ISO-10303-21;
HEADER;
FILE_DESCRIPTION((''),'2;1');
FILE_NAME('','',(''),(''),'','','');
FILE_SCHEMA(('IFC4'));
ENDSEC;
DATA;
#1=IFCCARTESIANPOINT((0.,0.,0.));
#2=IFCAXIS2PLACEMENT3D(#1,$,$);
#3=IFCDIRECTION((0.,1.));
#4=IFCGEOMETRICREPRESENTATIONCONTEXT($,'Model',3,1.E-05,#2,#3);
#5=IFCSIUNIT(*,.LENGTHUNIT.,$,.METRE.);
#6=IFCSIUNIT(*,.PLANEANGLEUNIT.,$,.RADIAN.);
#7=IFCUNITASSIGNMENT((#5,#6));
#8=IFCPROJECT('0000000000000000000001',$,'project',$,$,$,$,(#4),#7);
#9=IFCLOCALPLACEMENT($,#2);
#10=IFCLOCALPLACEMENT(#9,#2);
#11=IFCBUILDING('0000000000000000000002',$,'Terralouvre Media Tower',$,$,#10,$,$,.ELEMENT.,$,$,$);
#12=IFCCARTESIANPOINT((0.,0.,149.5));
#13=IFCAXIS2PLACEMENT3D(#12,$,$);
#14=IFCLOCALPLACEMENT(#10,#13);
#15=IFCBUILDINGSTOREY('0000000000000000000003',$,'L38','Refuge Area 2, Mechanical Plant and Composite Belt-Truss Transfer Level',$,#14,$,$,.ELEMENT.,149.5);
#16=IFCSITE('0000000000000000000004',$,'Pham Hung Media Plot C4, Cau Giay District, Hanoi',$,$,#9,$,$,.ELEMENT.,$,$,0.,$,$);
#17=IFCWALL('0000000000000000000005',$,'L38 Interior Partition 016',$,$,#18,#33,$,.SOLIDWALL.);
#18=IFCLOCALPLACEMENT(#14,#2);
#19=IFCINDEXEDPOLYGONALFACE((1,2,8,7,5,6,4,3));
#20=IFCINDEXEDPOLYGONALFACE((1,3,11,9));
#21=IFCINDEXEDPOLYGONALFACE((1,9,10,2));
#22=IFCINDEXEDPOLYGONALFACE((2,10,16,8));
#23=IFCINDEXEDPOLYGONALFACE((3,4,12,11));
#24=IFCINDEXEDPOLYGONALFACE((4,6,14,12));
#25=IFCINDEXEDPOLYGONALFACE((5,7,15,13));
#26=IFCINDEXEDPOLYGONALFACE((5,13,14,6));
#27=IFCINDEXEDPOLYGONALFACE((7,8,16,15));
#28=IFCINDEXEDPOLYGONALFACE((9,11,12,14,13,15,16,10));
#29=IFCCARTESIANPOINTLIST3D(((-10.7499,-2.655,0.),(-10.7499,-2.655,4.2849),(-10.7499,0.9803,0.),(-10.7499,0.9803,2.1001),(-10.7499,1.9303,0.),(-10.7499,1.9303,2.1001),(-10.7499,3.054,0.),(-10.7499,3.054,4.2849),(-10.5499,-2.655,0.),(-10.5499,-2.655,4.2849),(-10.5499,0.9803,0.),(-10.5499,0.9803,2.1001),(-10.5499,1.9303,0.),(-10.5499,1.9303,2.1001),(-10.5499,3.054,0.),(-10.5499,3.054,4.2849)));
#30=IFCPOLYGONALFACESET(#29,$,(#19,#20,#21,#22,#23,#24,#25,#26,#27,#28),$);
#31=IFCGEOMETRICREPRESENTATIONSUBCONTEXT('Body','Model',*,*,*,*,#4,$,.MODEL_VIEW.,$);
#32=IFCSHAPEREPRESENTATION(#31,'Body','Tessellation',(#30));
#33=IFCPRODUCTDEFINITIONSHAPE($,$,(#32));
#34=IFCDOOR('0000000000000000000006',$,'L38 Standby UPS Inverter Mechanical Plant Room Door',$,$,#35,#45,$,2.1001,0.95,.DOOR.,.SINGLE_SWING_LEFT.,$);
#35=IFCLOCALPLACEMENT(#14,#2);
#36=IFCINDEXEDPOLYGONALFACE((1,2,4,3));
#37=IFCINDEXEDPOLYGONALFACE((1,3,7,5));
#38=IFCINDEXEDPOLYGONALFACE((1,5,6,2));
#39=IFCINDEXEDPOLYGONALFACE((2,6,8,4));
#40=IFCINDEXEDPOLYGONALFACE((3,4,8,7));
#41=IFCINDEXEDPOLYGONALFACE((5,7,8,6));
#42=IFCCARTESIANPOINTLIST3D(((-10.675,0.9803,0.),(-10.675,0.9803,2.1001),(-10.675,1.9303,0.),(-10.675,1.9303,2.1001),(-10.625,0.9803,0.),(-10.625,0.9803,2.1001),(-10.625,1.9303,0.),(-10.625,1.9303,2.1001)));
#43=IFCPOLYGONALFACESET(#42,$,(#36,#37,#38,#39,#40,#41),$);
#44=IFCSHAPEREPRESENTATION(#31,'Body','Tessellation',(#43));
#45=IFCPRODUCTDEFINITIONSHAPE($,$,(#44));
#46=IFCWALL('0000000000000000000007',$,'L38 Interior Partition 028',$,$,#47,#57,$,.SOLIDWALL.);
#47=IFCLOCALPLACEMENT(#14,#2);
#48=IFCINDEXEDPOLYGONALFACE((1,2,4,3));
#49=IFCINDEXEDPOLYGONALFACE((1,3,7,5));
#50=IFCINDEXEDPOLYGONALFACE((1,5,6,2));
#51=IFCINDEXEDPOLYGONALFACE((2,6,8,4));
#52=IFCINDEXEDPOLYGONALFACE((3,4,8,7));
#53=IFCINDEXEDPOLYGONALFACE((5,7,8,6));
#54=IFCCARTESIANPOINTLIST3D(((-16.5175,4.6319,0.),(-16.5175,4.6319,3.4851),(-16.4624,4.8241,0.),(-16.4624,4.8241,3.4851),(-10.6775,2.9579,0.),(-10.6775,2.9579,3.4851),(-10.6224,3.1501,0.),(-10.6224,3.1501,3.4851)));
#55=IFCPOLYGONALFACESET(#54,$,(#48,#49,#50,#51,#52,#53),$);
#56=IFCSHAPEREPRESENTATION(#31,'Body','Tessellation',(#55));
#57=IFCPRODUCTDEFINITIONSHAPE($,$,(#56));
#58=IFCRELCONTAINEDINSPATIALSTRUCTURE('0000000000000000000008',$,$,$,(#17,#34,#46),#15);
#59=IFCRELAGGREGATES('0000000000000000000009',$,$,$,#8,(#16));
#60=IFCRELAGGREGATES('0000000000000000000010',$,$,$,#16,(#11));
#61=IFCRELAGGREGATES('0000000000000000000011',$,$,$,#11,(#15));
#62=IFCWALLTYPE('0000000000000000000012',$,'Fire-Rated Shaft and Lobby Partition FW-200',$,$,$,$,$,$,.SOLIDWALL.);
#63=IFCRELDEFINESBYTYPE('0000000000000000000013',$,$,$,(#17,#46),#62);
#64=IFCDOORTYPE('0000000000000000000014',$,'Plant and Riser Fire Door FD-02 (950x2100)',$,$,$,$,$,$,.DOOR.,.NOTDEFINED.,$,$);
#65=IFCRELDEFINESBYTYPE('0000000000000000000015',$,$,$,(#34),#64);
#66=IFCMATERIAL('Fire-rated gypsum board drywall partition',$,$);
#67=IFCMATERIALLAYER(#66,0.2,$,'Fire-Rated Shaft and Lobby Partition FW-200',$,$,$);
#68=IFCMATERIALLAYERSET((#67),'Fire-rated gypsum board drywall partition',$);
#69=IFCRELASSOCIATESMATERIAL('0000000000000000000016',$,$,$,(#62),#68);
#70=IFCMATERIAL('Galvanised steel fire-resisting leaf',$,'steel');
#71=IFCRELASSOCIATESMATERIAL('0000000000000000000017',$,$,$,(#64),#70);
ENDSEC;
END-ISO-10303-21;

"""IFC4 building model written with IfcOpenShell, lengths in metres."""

from ifc_helpers import new_model, si_unit, direction, frame, frame_2d, origin, place, context, subcontext, project, spatial, rectangle, extrude, material, layer, layer_set, type_object, element, fill, save


model = new_model("IFC4")

# Units and contexts
model_context = context("Model", 3, precision=1e-05, world=origin(), true_north=direction((0.0, 1.0)))
body_context = subcontext(model_context, "Body", "Model", "MODEL_VIEW")
ifc_project = project(units=[si_unit("LENGTHUNIT", "METRE"), si_unit("PLANEANGLEUNIT", "RADIAN")], contexts=[model_context])

# Site, building, storey
site_placement = place(None, origin())
site = spatial("IfcSite", under=ifc_project, at=site_placement, Name="Pham Hung Media Plot C4, Cau Giay District, Hanoi", CompositionType="ELEMENT", RefElevation=0.0)
building_placement = place(site_placement, origin())
building = spatial("IfcBuilding", under=site, at=building_placement, Name="Terralouvre Media Tower", CompositionType="ELEMENT")
storey_placement = place(building_placement, frame((0.0, 0.0, 149.5)))
storey = spatial("IfcBuildingStorey", under=building, at=storey_placement, Name="L38", Description="Refuge Area 2, Mechanical Plant and Composite Belt-Truss Transfer Level", CompositionType="ELEMENT", Elevation=149.5)

# Wall, opening, door
ifc_material_1 = material(Name="Fire-rated gypsum board drywall partition")
ifc_layer_1 = layer(ifc_material_1, 0.2, Name="Fire-Rated Shaft and Lobby Partition FW-200")
ifc_layer_set_1 = layer_set([ifc_layer_1], Name="Fire-rated gypsum board drywall partition")
wall_type = type_object("IfcWallType", Name="Fire-Rated Shaft and Lobby Partition FW-200", PredefinedType="SOLIDWALL", material=ifc_layer_set_1)
wall_1_placement = place(storey_placement, frame((-10.6499, 3.054, 0.0), z_axis=(0.0, 0.0, 1.0), x_axis=(0.0, -1.0, 0.0)))
wall_1 = element("IfcWall", 1, at=wall_1_placement, inside=storey, type_object=wall_type, Name="L38 Interior Partition 016", PredefinedType="SOLIDWALL", context=body_context, shape_type="SweptSolid", body=[
    extrude(rectangle(XDim=5.709, YDim=0.2, at=frame_2d((2.8545, 0.0))), origin(), (0.0, 0.0, 1.0), 4.2849),
])
opening_placement = place(wall_1_placement, frame((1.1235, 0.0, 0.0)))
opening = element("IfcOpeningElement", 2, at=opening_placement, cuts=wall_1, PredefinedType="OPENING", context=body_context, shape_type="SweptSolid", body=[
    extrude(rectangle(XDim=0.95, YDim=2.1001, at=frame_2d((0.4751, 1.05))), frame((0.0, 0.1099, 0.0), z_axis=(0.0, -1.0, 0.0), x_axis=(1.0, 0.0, 0.0)), (0.0, 0.0, 1.0), 0.22),
])
ifc_material_2 = material(Name="Galvanised steel fire-resisting leaf", Category="steel")
door_type = type_object("IfcDoorType", Name="Plant and Riser Fire Door FD-02 (950x2100)", OperationType="NOTDEFINED", PredefinedType="DOOR", material=ifc_material_2)
door_placement = place(opening_placement, origin())
door = element("IfcDoor", 3, at=door_placement, inside=storey, type_object=door_type, Name="L38 Standby UPS Inverter Mechanical Plant Room Door", OperationType="SINGLE_SWING_LEFT", OverallHeight=2.1001, OverallWidth=0.95, PredefinedType="DOOR", context=body_context, shape_type="SweptSolid", body=[
    extrude(rectangle(XDim=0.95, YDim=2.1001, at=frame_2d((0.4751, 1.05))), frame((0.0, 0.0249, 0.0), z_axis=(0.0, -1.0, 0.0), x_axis=(1.0, 0.0, 0.0)), (0.0, 0.0, 1.0), 0.05),
])
fill(opening, door)

# Wall
wall_2_placement = place(storey_placement, frame((-16.49, 4.728, 0.0), z_axis=(0.0, 0.0, 1.0), x_axis=(0.961286, -0.275554, 0.0)))
element("IfcWall", 4, at=wall_2_placement, inside=storey, type_object=wall_type, Name="L38 Interior Partition 028", PredefinedType="SOLIDWALL", context=body_context, shape_type="SweptSolid", body=[
    extrude(rectangle(XDim=6.0752, YDim=0.2, at=frame_2d((3.0376, 0.0))), origin(), (0.0, 0.0, 1.0), 3.4851),
])

save(model, "model.ifc")
